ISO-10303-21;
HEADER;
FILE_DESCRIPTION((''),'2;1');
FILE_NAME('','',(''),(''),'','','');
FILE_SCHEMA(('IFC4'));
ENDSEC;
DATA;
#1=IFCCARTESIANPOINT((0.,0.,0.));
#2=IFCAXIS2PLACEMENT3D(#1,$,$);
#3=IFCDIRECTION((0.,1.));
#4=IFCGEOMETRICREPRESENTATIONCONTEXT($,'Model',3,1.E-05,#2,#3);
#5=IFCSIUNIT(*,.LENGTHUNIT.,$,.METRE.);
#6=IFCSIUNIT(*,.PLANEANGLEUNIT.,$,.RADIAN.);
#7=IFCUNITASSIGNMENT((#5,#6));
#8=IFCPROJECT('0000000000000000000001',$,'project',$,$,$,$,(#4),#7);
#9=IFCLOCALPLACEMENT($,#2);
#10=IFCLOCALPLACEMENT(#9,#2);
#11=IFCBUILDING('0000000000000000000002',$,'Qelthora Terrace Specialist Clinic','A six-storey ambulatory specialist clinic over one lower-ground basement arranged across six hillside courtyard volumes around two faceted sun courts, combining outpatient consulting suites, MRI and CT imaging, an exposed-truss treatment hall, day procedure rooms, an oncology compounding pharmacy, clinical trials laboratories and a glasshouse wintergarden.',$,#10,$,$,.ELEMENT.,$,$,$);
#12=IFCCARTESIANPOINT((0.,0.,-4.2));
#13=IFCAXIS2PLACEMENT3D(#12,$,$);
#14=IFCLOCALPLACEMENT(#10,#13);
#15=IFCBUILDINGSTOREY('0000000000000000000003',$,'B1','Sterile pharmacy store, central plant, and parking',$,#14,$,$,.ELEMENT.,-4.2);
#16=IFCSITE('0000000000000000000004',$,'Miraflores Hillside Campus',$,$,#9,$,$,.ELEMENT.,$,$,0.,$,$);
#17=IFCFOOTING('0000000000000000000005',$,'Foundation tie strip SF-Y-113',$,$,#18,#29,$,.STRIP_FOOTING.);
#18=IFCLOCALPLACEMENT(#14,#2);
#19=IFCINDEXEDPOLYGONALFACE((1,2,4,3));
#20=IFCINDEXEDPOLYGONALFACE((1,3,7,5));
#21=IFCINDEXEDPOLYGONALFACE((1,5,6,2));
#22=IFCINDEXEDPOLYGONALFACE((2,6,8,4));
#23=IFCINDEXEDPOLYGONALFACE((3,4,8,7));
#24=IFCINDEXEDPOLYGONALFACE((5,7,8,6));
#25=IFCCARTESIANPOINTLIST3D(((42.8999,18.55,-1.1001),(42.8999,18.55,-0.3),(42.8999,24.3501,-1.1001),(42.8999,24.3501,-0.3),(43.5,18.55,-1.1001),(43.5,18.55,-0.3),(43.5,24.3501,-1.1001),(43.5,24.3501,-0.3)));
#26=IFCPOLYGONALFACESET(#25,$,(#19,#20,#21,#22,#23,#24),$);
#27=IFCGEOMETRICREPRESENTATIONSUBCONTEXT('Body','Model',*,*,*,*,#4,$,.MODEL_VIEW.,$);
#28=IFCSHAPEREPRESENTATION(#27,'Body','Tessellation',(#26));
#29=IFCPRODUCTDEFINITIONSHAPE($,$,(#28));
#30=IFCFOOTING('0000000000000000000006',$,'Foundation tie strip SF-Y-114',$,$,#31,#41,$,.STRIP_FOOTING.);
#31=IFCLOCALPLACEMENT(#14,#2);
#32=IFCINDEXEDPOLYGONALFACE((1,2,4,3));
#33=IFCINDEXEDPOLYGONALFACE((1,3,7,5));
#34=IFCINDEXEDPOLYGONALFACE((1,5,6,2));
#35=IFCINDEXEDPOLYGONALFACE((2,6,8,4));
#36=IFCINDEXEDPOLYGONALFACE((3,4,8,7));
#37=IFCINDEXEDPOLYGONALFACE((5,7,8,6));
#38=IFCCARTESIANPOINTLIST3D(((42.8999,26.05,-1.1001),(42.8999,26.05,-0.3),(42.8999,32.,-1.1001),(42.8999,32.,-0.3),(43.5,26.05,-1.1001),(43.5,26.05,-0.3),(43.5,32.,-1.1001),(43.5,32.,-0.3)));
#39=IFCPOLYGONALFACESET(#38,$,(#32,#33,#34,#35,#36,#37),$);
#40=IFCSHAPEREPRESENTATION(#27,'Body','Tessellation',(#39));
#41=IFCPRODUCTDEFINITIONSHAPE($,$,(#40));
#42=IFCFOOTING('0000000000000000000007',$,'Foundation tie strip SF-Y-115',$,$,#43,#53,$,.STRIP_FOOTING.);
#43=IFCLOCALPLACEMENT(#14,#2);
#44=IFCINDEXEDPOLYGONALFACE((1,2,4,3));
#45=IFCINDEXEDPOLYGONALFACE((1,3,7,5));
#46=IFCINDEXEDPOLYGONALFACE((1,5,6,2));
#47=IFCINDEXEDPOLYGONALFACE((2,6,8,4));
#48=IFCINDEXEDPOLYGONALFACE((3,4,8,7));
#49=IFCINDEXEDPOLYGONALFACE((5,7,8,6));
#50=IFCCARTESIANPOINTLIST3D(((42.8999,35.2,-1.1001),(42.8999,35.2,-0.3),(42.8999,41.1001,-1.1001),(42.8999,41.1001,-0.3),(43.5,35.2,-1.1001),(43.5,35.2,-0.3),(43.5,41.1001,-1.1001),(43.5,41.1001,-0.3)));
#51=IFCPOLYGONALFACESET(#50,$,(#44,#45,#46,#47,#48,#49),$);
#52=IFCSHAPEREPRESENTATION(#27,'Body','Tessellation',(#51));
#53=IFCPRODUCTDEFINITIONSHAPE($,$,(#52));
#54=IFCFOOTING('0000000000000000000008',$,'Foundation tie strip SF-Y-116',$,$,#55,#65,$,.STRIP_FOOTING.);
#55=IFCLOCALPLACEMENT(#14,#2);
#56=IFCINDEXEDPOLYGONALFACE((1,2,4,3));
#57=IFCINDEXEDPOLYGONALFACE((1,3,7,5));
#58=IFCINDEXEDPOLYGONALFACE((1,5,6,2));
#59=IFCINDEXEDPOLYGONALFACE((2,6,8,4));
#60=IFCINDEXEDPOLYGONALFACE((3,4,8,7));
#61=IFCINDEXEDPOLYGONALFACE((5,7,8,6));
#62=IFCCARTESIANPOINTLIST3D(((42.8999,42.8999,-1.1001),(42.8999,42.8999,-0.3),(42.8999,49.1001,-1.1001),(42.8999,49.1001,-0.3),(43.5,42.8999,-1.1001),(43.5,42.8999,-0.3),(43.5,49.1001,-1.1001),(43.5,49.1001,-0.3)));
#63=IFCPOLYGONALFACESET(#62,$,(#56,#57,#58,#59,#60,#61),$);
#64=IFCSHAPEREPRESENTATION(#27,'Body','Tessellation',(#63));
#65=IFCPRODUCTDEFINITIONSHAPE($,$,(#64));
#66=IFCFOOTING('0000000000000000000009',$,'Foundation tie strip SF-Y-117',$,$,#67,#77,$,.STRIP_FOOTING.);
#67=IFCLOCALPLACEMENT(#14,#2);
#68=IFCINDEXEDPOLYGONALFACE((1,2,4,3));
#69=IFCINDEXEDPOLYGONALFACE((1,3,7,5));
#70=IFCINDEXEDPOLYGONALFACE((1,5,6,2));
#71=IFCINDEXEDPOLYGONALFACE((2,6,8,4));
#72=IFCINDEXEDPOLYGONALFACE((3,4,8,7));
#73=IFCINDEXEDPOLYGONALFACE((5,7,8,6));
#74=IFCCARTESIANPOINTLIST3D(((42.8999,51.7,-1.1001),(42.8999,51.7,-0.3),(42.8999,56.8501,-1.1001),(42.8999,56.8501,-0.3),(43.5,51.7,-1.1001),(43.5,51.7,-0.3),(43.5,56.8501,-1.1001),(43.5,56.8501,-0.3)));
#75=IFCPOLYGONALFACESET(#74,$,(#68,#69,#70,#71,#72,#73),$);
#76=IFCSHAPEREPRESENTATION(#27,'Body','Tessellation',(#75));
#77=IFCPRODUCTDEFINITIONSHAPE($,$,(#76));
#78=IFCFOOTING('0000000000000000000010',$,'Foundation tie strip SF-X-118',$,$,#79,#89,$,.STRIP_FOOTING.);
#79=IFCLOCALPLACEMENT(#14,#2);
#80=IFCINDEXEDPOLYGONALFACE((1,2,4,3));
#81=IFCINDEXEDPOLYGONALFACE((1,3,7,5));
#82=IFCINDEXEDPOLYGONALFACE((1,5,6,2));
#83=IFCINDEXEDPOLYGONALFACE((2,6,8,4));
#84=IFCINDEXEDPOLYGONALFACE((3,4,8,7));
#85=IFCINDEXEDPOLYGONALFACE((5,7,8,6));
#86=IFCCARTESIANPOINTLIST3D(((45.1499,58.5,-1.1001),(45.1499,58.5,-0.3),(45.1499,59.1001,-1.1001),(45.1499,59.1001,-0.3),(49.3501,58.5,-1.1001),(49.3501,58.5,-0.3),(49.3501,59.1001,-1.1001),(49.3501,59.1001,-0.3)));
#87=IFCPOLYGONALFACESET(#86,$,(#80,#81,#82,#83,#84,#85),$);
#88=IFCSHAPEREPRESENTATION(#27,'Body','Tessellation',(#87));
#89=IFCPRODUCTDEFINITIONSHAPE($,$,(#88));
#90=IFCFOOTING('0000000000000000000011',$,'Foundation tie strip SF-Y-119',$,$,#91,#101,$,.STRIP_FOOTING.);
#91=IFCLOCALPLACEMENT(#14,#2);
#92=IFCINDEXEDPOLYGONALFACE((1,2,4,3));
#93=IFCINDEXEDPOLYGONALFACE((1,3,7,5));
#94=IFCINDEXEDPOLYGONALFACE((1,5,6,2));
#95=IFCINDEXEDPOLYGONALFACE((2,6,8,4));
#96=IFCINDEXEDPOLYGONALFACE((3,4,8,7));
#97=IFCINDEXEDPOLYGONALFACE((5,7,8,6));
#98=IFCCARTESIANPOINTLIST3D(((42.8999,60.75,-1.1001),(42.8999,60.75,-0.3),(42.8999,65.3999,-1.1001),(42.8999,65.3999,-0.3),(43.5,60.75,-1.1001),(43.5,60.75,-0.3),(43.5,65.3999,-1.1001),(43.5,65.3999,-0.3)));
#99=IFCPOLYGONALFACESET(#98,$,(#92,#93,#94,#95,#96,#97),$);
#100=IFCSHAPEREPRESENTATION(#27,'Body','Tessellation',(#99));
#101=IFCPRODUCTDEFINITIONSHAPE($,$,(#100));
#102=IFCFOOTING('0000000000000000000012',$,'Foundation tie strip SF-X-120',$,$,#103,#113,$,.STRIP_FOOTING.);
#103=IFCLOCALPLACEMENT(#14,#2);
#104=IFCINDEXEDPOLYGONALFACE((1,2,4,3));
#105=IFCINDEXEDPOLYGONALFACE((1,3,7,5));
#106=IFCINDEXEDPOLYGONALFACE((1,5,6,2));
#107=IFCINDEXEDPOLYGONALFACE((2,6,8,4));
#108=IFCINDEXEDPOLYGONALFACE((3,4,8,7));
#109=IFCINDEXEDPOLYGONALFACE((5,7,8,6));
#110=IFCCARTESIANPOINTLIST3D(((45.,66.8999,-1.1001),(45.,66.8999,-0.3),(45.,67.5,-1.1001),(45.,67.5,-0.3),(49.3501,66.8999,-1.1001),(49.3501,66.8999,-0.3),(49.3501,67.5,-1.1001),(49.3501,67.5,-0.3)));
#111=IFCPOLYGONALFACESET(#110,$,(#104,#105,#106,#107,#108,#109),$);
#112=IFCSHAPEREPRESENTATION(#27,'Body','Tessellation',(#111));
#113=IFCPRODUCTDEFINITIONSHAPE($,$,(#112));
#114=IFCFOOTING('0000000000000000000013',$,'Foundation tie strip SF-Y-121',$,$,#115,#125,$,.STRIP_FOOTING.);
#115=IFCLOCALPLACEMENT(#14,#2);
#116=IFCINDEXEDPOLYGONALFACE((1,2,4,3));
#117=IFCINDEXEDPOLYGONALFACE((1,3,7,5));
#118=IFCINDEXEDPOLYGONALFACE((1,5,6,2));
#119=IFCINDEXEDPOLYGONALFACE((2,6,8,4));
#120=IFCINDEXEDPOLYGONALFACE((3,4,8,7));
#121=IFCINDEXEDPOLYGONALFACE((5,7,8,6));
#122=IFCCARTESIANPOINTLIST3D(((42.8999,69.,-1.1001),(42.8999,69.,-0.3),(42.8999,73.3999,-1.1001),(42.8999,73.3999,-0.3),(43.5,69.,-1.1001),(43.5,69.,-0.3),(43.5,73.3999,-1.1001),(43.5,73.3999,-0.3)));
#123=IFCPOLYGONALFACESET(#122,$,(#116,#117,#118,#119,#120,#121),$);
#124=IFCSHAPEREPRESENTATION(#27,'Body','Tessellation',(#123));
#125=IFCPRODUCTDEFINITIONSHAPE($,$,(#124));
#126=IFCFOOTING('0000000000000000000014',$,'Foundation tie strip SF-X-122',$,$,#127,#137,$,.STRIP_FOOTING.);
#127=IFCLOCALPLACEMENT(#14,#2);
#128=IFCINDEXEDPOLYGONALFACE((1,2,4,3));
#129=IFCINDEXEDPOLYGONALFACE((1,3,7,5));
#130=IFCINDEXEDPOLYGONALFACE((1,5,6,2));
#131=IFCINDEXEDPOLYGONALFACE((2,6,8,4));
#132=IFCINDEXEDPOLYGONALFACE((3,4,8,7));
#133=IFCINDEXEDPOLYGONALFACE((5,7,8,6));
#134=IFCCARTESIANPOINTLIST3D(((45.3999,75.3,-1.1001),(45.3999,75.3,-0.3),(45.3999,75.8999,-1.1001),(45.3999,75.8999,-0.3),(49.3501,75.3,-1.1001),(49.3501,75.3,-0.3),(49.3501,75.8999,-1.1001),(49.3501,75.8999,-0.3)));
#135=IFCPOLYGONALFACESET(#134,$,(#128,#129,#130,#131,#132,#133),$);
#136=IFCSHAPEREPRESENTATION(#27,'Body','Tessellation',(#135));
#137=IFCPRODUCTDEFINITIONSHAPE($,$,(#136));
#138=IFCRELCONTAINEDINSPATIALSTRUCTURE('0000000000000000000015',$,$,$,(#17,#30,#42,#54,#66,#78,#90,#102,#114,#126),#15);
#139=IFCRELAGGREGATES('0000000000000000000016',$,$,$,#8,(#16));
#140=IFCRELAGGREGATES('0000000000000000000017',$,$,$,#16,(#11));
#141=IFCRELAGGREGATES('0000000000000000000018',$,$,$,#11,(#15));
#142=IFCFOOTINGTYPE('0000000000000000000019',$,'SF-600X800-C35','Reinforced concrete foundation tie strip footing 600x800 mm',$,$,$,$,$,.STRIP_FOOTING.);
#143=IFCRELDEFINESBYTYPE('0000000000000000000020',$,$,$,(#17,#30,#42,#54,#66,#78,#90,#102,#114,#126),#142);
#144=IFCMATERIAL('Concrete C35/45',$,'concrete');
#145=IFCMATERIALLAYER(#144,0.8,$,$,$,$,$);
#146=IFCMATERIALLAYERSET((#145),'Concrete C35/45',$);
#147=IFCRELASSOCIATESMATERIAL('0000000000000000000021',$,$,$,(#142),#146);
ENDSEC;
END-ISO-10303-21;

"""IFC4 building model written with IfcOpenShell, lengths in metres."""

from ifc_helpers import new_model, si_unit, direction, frame, origin, place, context, subcontext, project, spatial, polyline, outline, extrude, material, layer, layer_set, type_object, element, save


model = new_model("IFC4")

# Units and contexts
model_context = context("Model", 3, precision=1e-05, world=origin(), true_north=direction((0.0, 1.0)))
body_context = subcontext(model_context, "Body", "Model", "MODEL_VIEW")
ifc_project = project(units=[si_unit("LENGTHUNIT", "METRE"), si_unit("PLANEANGLEUNIT", "RADIAN")], contexts=[model_context])

# Site, building, storey
site_placement = place(None, origin())
site = spatial("IfcSite", under=ifc_project, at=site_placement, Name="Miraflores Hillside Campus", CompositionType="ELEMENT", RefElevation=0.0)
building_placement = place(site_placement, origin())
building = spatial("IfcBuilding", under=site, at=building_placement, Name="Qelthora Terrace Specialist Clinic", Description="A six-storey ambulatory specialist clinic over one lower-ground basement arranged across six hillside courtyard volumes around two faceted sun courts, combining outpatient consulting suites, MRI and CT imaging, an exposed-truss treatment hall, day procedure rooms, an oncology compounding pharmacy, clinical trials laboratories and a glasshouse wintergarden.", CompositionType="ELEMENT")
storey_placement = place(building_placement, frame((0.0, 0.0, -4.2)))
storey = spatial("IfcBuildingStorey", under=building, at=storey_placement, Name="B1", Description="Sterile pharmacy store, central plant, and parking", CompositionType="ELEMENT", Elevation=-4.2)

# Footings
ifc_material = material(Name="Concrete C35/45", Category="concrete")
ifc_layer = layer(ifc_material, 0.8)
ifc_layer_set = layer_set([ifc_layer], Name="Concrete C35/45")
footing_type = type_object("IfcFootingType", Name="SF-600X800-C35", Description="Reinforced concrete foundation tie strip footing 600x800 mm", PredefinedType="STRIP_FOOTING", material=ifc_layer_set)
footing_1_placement = place(storey_placement, frame((0.0, 0.0, -1.1001)))
element("IfcFooting", 1, at=footing_1_placement, inside=storey, type_object=footing_type, Name="Foundation tie strip SF-Y-113", PredefinedType="STRIP_FOOTING", context=body_context, shape_type="SweptSolid", body=[
    extrude(outline(polyline([(42.8999, 18.55), (43.5, 18.55), (43.5, 24.3501), (42.8999, 24.3501), (42.8999, 18.55)])), origin(), (0.0, 0.0, 1.0), 0.8),
])
footing_2_placement = place(storey_placement, frame((0.0, 0.0, -1.1001)))
element("IfcFooting", 2, at=footing_2_placement, inside=storey, type_object=footing_type, Name="Foundation tie strip SF-Y-114", PredefinedType="STRIP_FOOTING", context=body_context, shape_type="SweptSolid", body=[
    extrude(outline(polyline([(42.8999, 26.05), (43.5, 26.05), (43.5, 32.0), (42.8999, 32.0), (42.8999, 26.05)])), origin(), (0.0, 0.0, 1.0), 0.8),
])
footing_3_placement = place(storey_placement, frame((0.0, 0.0, -1.1001)))
element("IfcFooting", 3, at=footing_3_placement, inside=storey, type_object=footing_type, Name="Foundation tie strip SF-Y-115", PredefinedType="STRIP_FOOTING", context=body_context, shape_type="SweptSolid", body=[
    extrude(outline(polyline([(42.8999, 35.2), (43.5, 35.2), (43.5, 41.1001), (42.8999, 41.1001), (42.8999, 35.2)])), origin(), (0.0, 0.0, 1.0), 0.8),
])
footing_4_placement = place(storey_placement, frame((0.0, 0.0, -1.1001)))
element("IfcFooting", 4, at=footing_4_placement, inside=storey, type_object=footing_type, Name="Foundation tie strip SF-Y-116", PredefinedType="STRIP_FOOTING", context=body_context, shape_type="SweptSolid", body=[
    extrude(outline(polyline([(42.8999, 42.8999), (43.5, 42.8999), (43.5, 49.1001), (42.8999, 49.1001), (42.8999, 42.8999)])), origin(), (0.0, 0.0, 1.0), 0.8),
])
footing_5_placement = place(storey_placement, frame((0.0, 0.0, -1.1001)))
element("IfcFooting", 5, at=footing_5_placement, inside=storey, type_object=footing_type, Name="Foundation tie strip SF-Y-117", PredefinedType="STRIP_FOOTING", context=body_context, shape_type="SweptSolid", body=[
    extrude(outline(polyline([(42.8999, 51.7), (43.5, 51.7), (43.5, 56.8501), (42.8999, 56.8501), (42.8999, 51.7)])), origin(), (0.0, 0.0, 1.0), 0.8),
])
footing_6_placement = place(storey_placement, frame((0.0, 0.0, -1.1001)))
element("IfcFooting", 6, at=footing_6_placement, inside=storey, type_object=footing_type, Name="Foundation tie strip SF-X-118", PredefinedType="STRIP_FOOTING", context=body_context, shape_type="SweptSolid", body=[
    extrude(outline(polyline([(45.1499, 58.5), (49.3501, 58.5), (49.3501, 59.1001), (45.1499, 59.1001), (45.1499, 58.5)])), origin(), (0.0, 0.0, 1.0), 0.8),
])
footing_7_placement = place(storey_placement, frame((0.0, 0.0, -1.1001)))
element("IfcFooting", 7, at=footing_7_placement, inside=storey, type_object=footing_type, Name="Foundation tie strip SF-Y-119", PredefinedType="STRIP_FOOTING", context=body_context, shape_type="SweptSolid", body=[
    extrude(outline(polyline([(42.8999, 60.75), (43.5, 60.75), (43.5, 65.3999), (42.8999, 65.3999), (42.8999, 60.75)])), origin(), (0.0, 0.0, 1.0), 0.8),
])
footing_8_placement = place(storey_placement, frame((0.0, 0.0, -1.1001)))
element("IfcFooting", 8, at=footing_8_placement, inside=storey, type_object=footing_type, Name="Foundation tie strip SF-X-120", PredefinedType="STRIP_FOOTING", context=body_context, shape_type="SweptSolid", body=[
    extrude(outline(polyline([(45.0, 66.8999), (49.3501, 66.8999), (49.3501, 67.5), (45.0, 67.5), (45.0, 66.8999)])), origin(), (0.0, 0.0, 1.0), 0.8),
])
footing_9_placement = place(storey_placement, frame((0.0, 0.0, -1.1001)))
element("IfcFooting", 9, at=footing_9_placement, inside=storey, type_object=footing_type, Name="Foundation tie strip SF-Y-121", PredefinedType="STRIP_FOOTING", context=body_context, shape_type="SweptSolid", body=[
    extrude(outline(polyline([(42.8999, 69.0), (43.5, 69.0), (43.5, 73.3999), (42.8999, 73.3999), (42.8999, 69.0)])), origin(), (0.0, 0.0, 1.0), 0.8),
])
footing_10_placement = place(storey_placement, frame((0.0, 0.0, -1.1001)))
element("IfcFooting", 10, at=footing_10_placement, inside=storey, type_object=footing_type, Name="Foundation tie strip SF-X-122", PredefinedType="STRIP_FOOTING", context=body_context, shape_type="SweptSolid", body=[
    extrude(outline(polyline([(45.3999, 75.3), (49.3501, 75.3), (49.3501, 75.8999), (45.3999, 75.8999), (45.3999, 75.3)])), origin(), (0.0, 0.0, 1.0), 0.8),
])

save(model, "model.ifc")
